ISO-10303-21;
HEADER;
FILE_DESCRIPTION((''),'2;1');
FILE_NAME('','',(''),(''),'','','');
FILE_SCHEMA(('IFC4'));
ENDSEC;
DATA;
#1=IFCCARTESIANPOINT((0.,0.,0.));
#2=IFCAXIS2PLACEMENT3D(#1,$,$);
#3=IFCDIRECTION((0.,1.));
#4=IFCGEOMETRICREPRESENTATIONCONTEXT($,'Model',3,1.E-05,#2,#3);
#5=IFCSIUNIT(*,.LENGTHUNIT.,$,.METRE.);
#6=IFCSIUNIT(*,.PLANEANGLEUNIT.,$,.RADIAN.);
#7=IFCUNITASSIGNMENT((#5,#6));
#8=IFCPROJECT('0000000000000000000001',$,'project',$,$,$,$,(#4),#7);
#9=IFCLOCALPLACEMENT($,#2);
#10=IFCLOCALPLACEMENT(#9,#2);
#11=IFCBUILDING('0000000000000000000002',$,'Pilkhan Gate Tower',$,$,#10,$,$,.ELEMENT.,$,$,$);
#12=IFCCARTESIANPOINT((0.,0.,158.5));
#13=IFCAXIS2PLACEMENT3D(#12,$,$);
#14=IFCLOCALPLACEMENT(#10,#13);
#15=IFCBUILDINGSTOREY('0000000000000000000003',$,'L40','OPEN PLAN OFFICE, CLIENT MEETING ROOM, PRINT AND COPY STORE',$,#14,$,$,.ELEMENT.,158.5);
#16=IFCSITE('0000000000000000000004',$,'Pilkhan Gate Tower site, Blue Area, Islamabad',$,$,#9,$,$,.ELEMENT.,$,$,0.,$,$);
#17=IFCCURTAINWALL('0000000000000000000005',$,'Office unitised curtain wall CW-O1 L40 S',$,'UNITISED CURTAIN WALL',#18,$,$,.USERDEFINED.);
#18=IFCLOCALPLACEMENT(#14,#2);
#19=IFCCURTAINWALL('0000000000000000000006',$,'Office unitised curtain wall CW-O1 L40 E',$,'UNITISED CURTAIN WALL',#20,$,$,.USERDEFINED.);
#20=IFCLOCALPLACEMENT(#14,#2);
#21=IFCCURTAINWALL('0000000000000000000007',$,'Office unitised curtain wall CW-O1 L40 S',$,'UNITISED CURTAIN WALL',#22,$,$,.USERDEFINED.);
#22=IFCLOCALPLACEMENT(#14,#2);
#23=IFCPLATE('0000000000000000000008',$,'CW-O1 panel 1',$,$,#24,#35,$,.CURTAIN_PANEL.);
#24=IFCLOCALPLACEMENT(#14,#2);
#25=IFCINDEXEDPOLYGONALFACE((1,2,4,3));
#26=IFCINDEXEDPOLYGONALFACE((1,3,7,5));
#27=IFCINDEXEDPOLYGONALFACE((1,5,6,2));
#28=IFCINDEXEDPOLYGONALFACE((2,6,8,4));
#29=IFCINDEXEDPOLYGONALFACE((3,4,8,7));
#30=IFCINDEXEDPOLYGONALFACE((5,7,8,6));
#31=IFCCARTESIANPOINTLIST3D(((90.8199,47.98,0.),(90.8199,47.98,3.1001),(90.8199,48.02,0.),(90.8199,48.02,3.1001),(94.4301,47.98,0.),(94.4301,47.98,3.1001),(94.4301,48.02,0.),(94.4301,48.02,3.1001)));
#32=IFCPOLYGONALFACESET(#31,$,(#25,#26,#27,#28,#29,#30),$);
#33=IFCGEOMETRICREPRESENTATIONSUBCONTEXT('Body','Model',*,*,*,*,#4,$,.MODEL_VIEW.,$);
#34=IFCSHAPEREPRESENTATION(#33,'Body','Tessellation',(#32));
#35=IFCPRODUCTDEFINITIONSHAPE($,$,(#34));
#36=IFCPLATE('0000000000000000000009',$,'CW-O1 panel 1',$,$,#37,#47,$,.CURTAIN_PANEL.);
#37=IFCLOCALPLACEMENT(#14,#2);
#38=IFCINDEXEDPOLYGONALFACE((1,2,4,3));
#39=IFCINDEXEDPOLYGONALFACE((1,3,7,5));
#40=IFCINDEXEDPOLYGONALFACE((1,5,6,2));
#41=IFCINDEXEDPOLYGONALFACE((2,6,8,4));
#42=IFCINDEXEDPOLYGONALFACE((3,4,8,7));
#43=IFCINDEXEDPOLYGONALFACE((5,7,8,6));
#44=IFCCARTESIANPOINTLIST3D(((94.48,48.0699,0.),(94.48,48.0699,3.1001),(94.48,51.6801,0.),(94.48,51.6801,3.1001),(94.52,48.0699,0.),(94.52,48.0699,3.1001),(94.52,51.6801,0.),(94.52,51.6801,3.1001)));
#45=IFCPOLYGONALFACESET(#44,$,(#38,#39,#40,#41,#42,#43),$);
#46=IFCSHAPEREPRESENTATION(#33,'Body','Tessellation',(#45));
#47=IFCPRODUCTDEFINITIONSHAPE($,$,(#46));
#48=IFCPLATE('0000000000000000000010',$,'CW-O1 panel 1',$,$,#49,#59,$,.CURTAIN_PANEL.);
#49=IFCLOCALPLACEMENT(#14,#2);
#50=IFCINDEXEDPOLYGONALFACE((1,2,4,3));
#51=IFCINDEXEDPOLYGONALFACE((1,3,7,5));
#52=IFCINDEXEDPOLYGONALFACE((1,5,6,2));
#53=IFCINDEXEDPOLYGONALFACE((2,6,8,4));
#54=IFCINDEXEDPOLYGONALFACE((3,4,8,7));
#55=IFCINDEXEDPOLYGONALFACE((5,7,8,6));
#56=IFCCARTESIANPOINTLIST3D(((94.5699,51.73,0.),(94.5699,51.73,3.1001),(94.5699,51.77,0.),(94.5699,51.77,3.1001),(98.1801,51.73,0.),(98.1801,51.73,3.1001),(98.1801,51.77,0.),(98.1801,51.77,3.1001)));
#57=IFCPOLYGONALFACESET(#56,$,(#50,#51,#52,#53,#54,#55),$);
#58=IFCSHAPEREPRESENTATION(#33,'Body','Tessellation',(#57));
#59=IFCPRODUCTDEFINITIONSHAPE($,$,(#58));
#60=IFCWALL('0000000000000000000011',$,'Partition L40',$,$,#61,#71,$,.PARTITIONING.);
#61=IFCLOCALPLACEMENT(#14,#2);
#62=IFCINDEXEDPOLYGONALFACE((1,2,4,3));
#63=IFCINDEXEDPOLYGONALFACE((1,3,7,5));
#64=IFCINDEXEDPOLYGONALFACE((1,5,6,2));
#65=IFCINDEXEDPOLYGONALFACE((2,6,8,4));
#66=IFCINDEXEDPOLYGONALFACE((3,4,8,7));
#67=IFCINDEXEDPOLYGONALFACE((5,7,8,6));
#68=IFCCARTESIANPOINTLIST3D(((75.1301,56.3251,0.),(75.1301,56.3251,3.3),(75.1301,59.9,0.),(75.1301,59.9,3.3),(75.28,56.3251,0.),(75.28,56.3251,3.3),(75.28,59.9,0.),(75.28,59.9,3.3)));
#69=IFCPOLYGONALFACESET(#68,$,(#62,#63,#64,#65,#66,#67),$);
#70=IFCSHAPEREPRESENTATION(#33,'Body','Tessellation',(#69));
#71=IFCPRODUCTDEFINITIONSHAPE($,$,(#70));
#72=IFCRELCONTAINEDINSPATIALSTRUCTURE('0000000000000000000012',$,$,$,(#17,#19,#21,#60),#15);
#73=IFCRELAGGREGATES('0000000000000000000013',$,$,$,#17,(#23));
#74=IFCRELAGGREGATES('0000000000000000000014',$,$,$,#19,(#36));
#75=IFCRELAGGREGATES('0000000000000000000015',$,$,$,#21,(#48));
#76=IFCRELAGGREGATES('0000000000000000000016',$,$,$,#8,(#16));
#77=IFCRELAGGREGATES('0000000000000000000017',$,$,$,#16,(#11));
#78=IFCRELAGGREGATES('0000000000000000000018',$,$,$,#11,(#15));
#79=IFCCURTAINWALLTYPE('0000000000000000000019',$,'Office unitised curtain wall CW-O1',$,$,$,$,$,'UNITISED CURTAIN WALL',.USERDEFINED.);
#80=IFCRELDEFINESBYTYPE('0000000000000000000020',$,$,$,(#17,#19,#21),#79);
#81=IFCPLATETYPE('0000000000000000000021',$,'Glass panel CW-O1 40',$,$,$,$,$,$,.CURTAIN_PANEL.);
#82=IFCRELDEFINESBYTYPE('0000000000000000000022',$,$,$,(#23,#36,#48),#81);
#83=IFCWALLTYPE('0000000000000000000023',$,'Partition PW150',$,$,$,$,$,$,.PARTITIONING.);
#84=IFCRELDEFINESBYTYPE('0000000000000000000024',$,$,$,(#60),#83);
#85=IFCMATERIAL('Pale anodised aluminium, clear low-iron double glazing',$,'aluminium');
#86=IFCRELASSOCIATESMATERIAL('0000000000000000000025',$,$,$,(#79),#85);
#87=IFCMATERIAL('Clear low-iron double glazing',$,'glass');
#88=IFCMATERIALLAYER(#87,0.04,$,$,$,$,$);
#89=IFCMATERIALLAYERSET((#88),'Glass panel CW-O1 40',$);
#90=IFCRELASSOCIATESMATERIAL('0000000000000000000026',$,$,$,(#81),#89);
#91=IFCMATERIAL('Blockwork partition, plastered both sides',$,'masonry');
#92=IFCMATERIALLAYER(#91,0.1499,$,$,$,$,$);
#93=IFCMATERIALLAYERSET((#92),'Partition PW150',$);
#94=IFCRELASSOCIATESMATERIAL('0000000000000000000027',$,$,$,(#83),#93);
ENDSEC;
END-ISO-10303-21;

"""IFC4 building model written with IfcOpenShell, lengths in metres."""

from ifc_helpers import new_model, si_unit, direction, frame, frame_2d, origin, origin_2d, place, context, subcontext, project, spatial, rectangle, extrude, material, layer, layer_set, type_object, element, aggregate, save


model = new_model("IFC4")

# Units and contexts
model_context = context("Model", 3, precision=1e-05, world=origin(), true_north=direction((0.0, 1.0)))
body_context = subcontext(model_context, "Body", "Model", "MODEL_VIEW")
ifc_project = project(units=[si_unit("LENGTHUNIT", "METRE"), si_unit("PLANEANGLEUNIT", "RADIAN")], contexts=[model_context])

# Site, building, storey
site_placement = place(None, origin())
site = spatial("IfcSite", under=ifc_project, at=site_placement, Name="Pilkhan Gate Tower site, Blue Area, Islamabad", CompositionType="ELEMENT", RefElevation=0.0)
building_placement = place(site_placement, origin())
building = spatial("IfcBuilding", under=site, at=building_placement, Name="Pilkhan Gate Tower", CompositionType="ELEMENT")
storey_placement = place(building_placement, frame((0.0, 0.0, 158.5)))
storey = spatial("IfcBuildingStorey", under=building, at=storey_placement, Name="L40", Description="OPEN PLAN OFFICE, CLIENT MEETING ROOM, PRINT AND COPY STORE", CompositionType="ELEMENT", Elevation=158.5)

# Shared definitions
ifc_material_1 = material(Name="Pale anodised aluminium, clear low-iron double glazing", Category="aluminium")
curtain_wall_type = type_object("IfcCurtainWallType", Name="Office unitised curtain wall CW-O1", ElementType="UNITISED CURTAIN WALL", PredefinedType="USERDEFINED", material=ifc_material_1)

# Curtain walls
curtain_wall_1_placement = place(storey_placement, origin())
curtain_wall_1 = element("IfcCurtainWall", 1, at=curtain_wall_1_placement, inside=storey, type_object=curtain_wall_type, Name="Office unitised curtain wall CW-O1 L40 S", ObjectType="UNITISED CURTAIN WALL", PredefinedType="USERDEFINED")
curtain_wall_2_placement = place(storey_placement, origin())
curtain_wall_2 = element("IfcCurtainWall", 2, at=curtain_wall_2_placement, inside=storey, type_object=curtain_wall_type, Name="Office unitised curtain wall CW-O1 L40 E", ObjectType="UNITISED CURTAIN WALL", PredefinedType="USERDEFINED")
curtain_wall_3_placement = place(storey_placement, origin())
curtain_wall_3 = element("IfcCurtainWall", 3, at=curtain_wall_3_placement, inside=storey, type_object=curtain_wall_type, Name="Office unitised curtain wall CW-O1 L40 S", ObjectType="UNITISED CURTAIN WALL", PredefinedType="USERDEFINED")

# Plates
ifc_material_2 = material(Name="Clear low-iron double glazing", Category="glass")
ifc_layer_1 = layer(ifc_material_2, 0.04)
ifc_layer_set_1 = layer_set([ifc_layer_1], Name="Glass panel CW-O1 40")
plate_type = type_object("IfcPlateType", Name="Glass panel CW-O1 40", PredefinedType="CURTAIN_PANEL", material=ifc_layer_set_1)
plate_1_placement = place(storey_placement, frame((92.625, 48.0, 0.0), z_axis=(0.0, 0.0, 1.0), x_axis=(1.0, 0.0, 0.0)))
plate_1 = element("IfcPlate", 4, at=plate_1_placement, type_object=plate_type, Name="CW-O1 panel 1", PredefinedType="CURTAIN_PANEL", context=body_context, shape_type="SweptSolid", body=[
    extrude(rectangle(XDim=3.6101, YDim=0.04, at=origin_2d()), origin(), (0.0, 0.0, 1.0), 3.1001),
])
aggregate(curtain_wall_1, [plate_1])
plate_2_placement = place(storey_placement, frame((94.5, 49.875, 0.0), z_axis=(0.0, 0.0, 1.0), x_axis=(0.0, 1.0, 0.0)))
plate_2 = element("IfcPlate", 5, at=plate_2_placement, type_object=plate_type, Name="CW-O1 panel 1", PredefinedType="CURTAIN_PANEL", context=body_context, shape_type="SweptSolid", body=[
    extrude(rectangle(XDim=3.6101, YDim=0.04, at=origin_2d()), origin(), (0.0, 0.0, 1.0), 3.1001),
])
aggregate(curtain_wall_2, [plate_2])
plate_3_placement = place(storey_placement, frame((96.375, 51.75, 0.0), z_axis=(0.0, 0.0, 1.0), x_axis=(1.0, 0.0, 0.0)))
plate_3 = element("IfcPlate", 6, at=plate_3_placement, type_object=plate_type, Name="CW-O1 panel 1", PredefinedType="CURTAIN_PANEL", context=body_context, shape_type="SweptSolid", body=[
    extrude(rectangle(XDim=3.6101, YDim=0.04, at=origin_2d()), origin(), (0.0, 0.0, 1.0), 3.1001),
])
aggregate(curtain_wall_3, [plate_3])

# Wall
ifc_material_3 = material(Name="Blockwork partition, plastered both sides", Category="masonry")
ifc_layer_2 = layer(ifc_material_3, 0.1499)
ifc_layer_set_2 = layer_set([ifc_layer_2], Name="Partition PW150")
wall_type = type_object("IfcWallType", Name="Partition PW150", PredefinedType="PARTITIONING", material=ifc_layer_set_2)
wall_placement = place(storey_placement, frame((75.2051, 56.325, 0.0), z_axis=(0.0, 0.0, 1.0), x_axis=(0.0, 1.0, 0.0)))
element("IfcWall", 7, at=wall_placement, inside=storey, type_object=wall_type, Name="Partition L40", PredefinedType="PARTITIONING", context=body_context, shape_type="SweptSolid", body=[
    extrude(rectangle(XDim=3.575, YDim=0.1499, at=frame_2d((1.7876, 0.0))), origin(), (0.0, 0.0, 1.0), 3.3),
])

save(model, "model.ifc")
